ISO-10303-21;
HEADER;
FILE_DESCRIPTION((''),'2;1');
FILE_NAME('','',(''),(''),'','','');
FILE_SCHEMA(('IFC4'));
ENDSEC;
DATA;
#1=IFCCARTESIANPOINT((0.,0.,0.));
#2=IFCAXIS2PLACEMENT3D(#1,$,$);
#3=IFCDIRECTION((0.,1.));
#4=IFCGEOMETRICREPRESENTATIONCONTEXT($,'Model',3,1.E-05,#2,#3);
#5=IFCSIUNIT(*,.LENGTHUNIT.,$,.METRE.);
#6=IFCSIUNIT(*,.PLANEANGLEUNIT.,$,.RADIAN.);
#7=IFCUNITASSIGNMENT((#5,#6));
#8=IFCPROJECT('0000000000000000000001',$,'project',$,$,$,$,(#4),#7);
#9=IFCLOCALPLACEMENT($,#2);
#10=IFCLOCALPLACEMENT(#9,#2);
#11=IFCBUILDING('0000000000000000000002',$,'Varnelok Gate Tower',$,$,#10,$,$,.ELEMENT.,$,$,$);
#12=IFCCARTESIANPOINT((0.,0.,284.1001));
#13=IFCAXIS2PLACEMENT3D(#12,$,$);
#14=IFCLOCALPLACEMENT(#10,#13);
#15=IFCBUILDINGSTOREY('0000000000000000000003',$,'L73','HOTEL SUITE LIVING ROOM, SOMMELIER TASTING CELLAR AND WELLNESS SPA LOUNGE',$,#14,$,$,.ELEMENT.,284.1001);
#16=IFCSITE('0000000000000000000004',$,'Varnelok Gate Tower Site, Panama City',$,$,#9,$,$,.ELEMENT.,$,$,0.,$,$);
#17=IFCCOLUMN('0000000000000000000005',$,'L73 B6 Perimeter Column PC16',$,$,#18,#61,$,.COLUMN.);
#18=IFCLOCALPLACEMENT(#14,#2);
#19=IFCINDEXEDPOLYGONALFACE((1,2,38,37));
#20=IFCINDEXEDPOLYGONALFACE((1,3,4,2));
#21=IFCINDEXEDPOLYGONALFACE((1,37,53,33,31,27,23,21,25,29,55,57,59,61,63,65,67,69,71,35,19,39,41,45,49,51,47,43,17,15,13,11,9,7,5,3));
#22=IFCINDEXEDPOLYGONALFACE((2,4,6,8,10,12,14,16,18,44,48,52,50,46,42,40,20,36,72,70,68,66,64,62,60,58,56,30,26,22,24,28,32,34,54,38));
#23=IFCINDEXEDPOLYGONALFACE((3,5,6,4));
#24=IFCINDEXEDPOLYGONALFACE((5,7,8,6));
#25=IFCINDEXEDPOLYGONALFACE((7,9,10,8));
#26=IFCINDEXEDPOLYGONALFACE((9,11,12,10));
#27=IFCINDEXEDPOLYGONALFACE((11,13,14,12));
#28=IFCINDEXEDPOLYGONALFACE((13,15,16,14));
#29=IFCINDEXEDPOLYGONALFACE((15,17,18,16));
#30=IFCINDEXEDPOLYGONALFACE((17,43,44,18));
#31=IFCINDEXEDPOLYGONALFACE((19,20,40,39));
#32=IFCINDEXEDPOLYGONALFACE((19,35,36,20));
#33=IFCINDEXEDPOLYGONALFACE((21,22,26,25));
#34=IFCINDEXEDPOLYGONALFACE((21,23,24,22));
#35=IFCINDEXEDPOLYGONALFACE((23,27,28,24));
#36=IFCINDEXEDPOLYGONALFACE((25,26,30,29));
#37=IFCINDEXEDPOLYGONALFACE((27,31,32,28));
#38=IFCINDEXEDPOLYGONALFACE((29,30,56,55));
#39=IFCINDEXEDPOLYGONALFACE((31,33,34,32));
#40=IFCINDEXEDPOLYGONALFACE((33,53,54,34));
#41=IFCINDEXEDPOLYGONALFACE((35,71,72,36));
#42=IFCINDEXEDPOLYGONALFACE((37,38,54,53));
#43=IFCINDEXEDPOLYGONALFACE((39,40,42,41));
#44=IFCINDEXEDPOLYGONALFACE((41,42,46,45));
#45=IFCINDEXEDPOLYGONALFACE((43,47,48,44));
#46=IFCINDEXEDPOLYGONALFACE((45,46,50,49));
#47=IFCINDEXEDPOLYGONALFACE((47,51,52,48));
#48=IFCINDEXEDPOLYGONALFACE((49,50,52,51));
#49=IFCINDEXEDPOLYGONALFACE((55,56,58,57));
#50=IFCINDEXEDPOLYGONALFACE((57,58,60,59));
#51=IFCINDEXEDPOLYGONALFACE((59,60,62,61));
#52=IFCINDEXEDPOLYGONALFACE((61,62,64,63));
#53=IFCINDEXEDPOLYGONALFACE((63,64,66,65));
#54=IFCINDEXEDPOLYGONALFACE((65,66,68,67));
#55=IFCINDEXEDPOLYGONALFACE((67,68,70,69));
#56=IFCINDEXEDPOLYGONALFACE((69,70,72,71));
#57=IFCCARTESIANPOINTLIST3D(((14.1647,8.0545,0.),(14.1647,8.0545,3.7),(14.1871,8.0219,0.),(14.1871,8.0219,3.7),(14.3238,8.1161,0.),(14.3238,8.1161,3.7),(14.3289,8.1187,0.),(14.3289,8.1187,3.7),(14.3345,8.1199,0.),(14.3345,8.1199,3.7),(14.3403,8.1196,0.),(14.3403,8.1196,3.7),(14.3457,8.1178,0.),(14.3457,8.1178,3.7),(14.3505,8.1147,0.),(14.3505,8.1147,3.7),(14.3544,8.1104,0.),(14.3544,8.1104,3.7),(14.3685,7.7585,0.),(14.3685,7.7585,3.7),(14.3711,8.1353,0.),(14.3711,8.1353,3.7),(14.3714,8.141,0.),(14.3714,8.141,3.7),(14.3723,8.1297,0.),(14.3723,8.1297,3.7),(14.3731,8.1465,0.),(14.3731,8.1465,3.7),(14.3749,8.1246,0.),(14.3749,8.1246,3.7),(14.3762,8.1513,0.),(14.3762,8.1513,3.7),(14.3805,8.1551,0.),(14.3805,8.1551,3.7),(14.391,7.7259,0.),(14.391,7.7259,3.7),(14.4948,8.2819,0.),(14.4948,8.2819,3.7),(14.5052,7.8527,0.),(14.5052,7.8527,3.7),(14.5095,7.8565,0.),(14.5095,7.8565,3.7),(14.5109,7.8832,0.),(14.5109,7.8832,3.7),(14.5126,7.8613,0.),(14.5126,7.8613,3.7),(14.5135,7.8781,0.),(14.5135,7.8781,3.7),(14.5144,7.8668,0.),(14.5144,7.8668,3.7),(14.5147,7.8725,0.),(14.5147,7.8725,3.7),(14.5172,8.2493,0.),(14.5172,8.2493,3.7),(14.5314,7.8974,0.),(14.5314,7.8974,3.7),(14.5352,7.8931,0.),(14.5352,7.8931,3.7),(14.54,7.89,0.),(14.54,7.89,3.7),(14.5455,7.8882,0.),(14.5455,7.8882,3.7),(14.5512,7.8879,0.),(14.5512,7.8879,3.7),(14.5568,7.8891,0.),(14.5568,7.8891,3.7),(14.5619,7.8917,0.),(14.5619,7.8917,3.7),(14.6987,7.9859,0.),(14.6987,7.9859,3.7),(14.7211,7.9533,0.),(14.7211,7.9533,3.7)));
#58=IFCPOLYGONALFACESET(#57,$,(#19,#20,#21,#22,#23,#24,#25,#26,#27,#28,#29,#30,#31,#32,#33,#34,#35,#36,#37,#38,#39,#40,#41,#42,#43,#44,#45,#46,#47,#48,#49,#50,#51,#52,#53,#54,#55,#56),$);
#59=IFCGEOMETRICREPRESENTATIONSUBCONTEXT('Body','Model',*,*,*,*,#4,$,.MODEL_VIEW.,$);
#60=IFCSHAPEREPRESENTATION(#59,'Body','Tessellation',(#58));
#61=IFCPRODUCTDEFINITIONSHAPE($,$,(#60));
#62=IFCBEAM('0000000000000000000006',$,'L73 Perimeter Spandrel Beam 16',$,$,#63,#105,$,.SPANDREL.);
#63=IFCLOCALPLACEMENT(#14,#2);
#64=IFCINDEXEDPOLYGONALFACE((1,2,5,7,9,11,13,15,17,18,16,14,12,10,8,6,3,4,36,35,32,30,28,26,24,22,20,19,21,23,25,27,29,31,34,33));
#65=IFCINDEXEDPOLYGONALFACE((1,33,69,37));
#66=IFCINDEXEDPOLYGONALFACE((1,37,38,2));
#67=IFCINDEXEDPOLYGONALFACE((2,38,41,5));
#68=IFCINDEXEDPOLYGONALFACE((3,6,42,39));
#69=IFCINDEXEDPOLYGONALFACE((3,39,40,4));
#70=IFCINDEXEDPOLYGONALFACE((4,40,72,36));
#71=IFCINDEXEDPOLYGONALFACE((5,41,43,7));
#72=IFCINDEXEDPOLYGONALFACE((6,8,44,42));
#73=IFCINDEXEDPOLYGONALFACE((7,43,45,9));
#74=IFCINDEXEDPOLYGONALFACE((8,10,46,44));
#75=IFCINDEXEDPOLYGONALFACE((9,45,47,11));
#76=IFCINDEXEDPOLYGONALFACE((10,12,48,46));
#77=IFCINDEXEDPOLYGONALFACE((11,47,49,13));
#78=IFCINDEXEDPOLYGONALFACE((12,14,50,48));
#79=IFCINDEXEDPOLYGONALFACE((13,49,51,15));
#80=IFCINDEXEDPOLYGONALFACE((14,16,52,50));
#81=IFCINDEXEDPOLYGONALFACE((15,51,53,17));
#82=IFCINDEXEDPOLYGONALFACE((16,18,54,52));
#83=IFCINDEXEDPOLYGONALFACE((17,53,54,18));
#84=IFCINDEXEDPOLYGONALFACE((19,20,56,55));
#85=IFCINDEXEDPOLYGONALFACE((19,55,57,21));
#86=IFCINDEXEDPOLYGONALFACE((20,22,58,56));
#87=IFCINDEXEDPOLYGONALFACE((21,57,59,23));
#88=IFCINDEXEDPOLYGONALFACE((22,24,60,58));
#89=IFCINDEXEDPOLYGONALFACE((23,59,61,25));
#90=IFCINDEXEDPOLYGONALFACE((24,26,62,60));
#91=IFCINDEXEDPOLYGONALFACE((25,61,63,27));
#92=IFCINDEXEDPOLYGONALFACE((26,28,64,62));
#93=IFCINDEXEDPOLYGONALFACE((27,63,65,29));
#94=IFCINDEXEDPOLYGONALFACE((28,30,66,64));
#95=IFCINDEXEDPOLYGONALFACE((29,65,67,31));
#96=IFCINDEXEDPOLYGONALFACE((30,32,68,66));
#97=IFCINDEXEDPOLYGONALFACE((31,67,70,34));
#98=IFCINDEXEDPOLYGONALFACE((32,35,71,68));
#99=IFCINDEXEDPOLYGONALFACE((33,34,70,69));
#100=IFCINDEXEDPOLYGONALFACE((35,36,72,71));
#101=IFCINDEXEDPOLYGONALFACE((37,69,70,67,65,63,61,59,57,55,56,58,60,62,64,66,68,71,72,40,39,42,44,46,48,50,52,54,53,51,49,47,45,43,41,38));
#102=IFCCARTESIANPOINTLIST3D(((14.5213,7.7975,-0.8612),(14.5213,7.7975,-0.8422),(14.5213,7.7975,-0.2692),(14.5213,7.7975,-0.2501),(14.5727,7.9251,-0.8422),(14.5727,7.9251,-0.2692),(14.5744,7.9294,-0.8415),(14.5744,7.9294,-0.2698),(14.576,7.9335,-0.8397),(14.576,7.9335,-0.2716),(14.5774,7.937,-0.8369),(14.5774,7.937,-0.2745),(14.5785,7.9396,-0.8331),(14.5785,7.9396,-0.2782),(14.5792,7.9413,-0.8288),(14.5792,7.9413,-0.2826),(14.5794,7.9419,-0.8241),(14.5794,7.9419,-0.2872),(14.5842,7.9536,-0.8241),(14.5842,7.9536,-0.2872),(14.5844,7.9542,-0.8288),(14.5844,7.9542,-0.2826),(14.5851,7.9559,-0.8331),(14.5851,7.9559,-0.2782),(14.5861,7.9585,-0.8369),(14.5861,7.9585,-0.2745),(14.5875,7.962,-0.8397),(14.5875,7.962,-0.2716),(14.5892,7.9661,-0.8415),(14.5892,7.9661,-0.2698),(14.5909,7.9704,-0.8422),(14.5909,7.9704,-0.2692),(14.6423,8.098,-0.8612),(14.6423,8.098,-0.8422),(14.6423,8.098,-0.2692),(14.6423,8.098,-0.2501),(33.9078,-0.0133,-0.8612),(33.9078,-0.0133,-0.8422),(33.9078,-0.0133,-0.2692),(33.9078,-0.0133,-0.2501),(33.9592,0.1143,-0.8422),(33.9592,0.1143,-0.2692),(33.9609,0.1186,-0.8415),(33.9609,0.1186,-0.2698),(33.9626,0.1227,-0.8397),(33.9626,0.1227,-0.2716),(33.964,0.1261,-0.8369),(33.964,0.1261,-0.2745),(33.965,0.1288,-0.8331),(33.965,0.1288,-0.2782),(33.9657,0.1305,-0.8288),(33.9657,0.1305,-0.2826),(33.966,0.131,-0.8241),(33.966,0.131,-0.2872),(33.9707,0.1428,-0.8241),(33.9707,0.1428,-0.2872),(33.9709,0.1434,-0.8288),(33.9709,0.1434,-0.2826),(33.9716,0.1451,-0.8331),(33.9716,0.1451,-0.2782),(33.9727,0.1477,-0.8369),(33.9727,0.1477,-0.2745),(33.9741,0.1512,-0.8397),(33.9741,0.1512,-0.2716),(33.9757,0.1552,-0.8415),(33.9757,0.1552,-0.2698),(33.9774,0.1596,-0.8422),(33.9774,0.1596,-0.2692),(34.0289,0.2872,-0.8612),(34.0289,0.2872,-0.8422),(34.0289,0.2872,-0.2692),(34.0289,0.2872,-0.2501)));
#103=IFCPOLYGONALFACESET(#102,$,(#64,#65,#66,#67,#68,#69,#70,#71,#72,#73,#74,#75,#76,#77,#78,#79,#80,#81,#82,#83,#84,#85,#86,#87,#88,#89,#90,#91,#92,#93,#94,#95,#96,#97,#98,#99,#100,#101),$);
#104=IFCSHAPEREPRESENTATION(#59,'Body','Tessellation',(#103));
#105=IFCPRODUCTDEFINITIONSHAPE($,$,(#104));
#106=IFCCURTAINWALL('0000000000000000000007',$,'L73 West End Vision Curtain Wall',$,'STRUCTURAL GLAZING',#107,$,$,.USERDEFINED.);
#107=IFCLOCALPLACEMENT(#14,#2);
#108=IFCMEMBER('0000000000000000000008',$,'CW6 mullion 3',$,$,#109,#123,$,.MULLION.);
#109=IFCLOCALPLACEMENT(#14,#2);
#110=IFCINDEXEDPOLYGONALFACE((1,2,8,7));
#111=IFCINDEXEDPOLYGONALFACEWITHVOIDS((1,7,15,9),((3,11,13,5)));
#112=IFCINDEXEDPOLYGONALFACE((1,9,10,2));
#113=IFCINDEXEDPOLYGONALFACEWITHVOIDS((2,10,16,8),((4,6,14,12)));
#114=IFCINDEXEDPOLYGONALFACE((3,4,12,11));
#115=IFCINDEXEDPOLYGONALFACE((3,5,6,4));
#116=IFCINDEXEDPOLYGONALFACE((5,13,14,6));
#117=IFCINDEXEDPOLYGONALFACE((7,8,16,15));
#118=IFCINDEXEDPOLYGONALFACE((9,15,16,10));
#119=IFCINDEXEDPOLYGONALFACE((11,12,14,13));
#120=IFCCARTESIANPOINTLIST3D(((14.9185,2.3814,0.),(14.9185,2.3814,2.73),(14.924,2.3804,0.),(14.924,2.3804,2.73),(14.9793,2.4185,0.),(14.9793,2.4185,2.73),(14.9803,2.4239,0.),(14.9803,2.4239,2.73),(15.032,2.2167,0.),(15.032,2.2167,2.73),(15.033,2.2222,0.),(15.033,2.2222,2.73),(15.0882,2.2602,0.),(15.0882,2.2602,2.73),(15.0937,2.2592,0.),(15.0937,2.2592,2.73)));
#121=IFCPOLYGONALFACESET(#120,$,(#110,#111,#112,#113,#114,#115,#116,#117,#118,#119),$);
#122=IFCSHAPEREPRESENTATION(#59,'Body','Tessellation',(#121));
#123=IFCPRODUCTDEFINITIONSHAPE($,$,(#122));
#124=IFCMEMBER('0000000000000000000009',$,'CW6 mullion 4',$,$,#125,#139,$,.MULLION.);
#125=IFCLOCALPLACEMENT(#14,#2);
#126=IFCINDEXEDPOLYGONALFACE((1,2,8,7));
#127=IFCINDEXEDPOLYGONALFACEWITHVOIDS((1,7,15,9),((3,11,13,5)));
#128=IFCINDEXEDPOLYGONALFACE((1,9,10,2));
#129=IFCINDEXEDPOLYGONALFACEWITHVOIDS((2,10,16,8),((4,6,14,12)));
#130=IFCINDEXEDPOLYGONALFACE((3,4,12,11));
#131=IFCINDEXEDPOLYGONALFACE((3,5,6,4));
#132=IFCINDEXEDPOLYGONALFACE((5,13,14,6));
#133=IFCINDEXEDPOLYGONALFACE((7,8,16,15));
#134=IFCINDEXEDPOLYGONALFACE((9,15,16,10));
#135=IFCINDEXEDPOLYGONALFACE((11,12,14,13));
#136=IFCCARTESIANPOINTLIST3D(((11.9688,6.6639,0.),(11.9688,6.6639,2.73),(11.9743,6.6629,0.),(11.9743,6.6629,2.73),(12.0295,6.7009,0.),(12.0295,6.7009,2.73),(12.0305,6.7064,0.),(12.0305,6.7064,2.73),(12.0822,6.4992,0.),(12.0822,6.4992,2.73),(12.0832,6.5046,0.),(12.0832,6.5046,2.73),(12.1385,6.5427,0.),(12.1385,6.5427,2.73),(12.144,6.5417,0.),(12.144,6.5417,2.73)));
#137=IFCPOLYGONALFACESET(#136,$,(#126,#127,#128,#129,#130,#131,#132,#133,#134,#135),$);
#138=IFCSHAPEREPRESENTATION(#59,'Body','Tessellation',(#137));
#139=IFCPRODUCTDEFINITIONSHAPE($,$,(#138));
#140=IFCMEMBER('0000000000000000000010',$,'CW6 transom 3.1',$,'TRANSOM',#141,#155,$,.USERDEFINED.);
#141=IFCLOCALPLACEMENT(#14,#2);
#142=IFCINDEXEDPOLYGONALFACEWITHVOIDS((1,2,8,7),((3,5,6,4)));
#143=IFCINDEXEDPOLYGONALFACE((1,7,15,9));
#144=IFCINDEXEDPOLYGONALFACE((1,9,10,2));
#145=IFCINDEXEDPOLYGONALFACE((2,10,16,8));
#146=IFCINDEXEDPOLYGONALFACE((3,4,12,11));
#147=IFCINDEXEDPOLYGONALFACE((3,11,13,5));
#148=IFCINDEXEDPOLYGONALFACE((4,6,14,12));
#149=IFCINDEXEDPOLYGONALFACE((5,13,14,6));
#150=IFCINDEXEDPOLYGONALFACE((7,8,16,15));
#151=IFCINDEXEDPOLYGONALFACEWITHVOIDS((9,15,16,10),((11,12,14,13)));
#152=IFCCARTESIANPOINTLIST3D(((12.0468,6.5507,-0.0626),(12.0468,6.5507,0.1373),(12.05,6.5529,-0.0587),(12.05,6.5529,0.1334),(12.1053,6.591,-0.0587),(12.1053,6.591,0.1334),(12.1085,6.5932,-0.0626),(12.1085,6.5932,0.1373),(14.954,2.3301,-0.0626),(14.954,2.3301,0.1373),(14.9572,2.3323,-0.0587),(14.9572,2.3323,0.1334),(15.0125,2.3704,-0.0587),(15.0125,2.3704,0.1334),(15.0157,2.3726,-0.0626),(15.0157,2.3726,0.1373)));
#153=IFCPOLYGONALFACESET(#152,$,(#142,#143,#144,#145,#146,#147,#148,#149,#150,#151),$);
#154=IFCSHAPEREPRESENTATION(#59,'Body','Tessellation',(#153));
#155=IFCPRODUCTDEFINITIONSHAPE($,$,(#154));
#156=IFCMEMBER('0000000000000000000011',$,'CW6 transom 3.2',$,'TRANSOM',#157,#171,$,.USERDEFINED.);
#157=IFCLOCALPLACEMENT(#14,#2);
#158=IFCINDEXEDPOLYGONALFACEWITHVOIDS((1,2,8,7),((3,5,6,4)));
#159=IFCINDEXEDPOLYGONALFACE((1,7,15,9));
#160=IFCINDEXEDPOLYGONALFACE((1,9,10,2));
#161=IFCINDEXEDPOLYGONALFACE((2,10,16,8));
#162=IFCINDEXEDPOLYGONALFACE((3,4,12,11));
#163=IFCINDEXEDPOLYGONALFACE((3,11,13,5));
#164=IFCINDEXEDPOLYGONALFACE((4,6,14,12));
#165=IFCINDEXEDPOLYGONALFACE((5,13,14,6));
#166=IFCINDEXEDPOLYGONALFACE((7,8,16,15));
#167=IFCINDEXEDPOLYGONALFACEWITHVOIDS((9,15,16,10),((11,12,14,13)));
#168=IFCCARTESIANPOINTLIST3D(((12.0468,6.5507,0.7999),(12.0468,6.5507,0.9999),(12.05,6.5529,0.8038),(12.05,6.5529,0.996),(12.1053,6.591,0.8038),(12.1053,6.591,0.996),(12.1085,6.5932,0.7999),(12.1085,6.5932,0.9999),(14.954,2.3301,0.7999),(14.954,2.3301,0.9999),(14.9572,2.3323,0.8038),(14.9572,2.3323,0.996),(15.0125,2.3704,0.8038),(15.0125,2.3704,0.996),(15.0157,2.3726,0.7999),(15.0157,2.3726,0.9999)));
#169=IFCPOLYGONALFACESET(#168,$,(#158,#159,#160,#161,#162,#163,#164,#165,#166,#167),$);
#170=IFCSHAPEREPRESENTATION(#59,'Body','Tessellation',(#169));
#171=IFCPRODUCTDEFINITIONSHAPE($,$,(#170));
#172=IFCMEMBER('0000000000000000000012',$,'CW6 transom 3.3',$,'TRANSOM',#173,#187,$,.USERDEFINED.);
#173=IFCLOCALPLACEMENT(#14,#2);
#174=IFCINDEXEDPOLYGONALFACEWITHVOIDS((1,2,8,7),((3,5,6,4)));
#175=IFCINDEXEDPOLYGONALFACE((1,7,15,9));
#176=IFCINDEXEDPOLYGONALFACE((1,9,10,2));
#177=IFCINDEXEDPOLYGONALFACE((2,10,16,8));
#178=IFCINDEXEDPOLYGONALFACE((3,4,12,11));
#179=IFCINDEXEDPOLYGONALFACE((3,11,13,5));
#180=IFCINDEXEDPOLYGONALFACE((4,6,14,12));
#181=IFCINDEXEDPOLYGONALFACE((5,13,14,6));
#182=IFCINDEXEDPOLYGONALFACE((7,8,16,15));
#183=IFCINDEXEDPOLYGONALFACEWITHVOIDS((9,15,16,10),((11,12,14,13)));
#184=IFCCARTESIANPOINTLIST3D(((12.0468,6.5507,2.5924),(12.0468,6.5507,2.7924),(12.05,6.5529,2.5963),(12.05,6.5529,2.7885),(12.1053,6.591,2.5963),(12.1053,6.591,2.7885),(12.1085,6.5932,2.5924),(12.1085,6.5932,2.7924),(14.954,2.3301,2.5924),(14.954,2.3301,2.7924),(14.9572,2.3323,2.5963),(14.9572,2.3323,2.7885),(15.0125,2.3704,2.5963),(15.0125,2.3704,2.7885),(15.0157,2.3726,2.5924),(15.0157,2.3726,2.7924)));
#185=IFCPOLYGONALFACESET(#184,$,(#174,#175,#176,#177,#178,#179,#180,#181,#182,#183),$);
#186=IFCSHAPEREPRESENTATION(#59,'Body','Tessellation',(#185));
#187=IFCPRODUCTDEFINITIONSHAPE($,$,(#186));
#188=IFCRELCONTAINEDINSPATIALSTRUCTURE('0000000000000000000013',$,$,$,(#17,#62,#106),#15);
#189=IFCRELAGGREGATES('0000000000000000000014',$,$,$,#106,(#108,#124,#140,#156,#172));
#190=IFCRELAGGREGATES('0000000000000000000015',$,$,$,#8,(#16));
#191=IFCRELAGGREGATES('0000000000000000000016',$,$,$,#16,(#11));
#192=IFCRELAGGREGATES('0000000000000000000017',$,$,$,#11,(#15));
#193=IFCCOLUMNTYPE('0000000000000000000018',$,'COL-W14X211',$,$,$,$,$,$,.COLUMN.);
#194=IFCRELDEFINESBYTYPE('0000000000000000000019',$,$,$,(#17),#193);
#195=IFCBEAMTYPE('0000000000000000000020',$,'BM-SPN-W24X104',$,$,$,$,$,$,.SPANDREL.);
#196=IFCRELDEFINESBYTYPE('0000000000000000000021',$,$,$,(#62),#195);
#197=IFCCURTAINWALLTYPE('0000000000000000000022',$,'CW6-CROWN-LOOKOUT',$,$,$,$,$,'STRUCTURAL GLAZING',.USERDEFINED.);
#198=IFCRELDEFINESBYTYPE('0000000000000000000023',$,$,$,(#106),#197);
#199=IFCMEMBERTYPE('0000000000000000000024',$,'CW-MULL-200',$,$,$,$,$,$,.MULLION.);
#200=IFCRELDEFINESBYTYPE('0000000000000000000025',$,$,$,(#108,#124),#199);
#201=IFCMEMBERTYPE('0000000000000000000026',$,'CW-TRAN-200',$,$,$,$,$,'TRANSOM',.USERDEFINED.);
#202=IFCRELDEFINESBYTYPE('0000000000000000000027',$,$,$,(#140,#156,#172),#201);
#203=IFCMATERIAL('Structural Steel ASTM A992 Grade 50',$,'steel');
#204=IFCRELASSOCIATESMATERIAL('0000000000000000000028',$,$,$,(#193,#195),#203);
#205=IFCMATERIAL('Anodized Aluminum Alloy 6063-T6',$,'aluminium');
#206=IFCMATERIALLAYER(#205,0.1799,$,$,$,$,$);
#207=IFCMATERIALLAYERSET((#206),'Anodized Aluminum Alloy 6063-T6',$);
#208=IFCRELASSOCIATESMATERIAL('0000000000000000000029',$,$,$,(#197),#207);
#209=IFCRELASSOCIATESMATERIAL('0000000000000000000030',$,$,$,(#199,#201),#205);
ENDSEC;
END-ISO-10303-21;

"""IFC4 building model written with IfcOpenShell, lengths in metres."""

from ifc_helpers import new_model, si_unit, direction, frame, origin, origin_2d, place, context, subcontext, project, spatial, hollow_rectangle, i_section, extrude, material, layer, layer_set, material_profile, profile_set, type_object, element, aggregate, save


model = new_model("IFC4")

# Units and contexts
model_context = context("Model", 3, precision=1e-05, world=origin(), true_north=direction((0.0, 1.0)))
body_context = subcontext(model_context, "Body", "Model", "MODEL_VIEW")
ifc_project = project(units=[si_unit("LENGTHUNIT", "METRE"), si_unit("PLANEANGLEUNIT", "RADIAN")], contexts=[model_context])

# Site, building, storey
site_placement = place(None, origin())
site = spatial("IfcSite", under=ifc_project, at=site_placement, Name="Varnelok Gate Tower Site, Panama City", CompositionType="ELEMENT", RefElevation=0.0)
building_placement = place(site_placement, origin())
building = spatial("IfcBuilding", under=site, at=building_placement, Name="Varnelok Gate Tower", CompositionType="ELEMENT")
storey_placement = place(building_placement, frame((0.0, 0.0, 284.1001)))
storey = spatial("IfcBuildingStorey", under=building, at=storey_placement, Name="L73", Description="HOTEL SUITE LIVING ROOM, SOMMELIER TASTING CELLAR AND WELLNESS SPA LOUNGE", CompositionType="ELEMENT", Elevation=284.1001)

# Column
ifc_material_1 = material(Name="Structural Steel ASTM A992 Grade 50", Category="steel")
ifc_material_profile_1 = material_profile(ifc_material_1, i_section(OverallWidth=0.4009, OverallDepth=0.3989, WebThickness=0.0249, FlangeThickness=0.0396, FilletRadius=0.022, at=origin_2d()), Name="W14X211")
ifc_profile_set_1 = profile_set([ifc_material_profile_1], Name="Structural Steel ASTM A992 Grade 50")
column_type = type_object("IfcColumnType", Name="COL-W14X211", PredefinedType="COLUMN", material=ifc_profile_set_1)
column_placement = place(storey_placement, frame((14.4429, 8.0039, 0.0), z_axis=(0.0, 0.0, 1.0), x_axis=(0.823533, 0.567269, 0.0)))
element("IfcColumn", 1, at=column_placement, inside=storey, type_object=column_type, Name="L73 B6 Perimeter Column PC16", PredefinedType="COLUMN", context=body_context, shape_type="SweptSolid", body=[
    extrude(i_section(OverallWidth=0.4009, OverallDepth=0.3989, WebThickness=0.0249, FlangeThickness=0.0396, FilletRadius=0.022, at=origin_2d()), origin(), (0.0, 0.0, 1.0), 3.7),
])

# Beam
ifc_material_profile_2 = material_profile(ifc_material_1, i_section(OverallWidth=0.324, OverallDepth=0.6111, WebThickness=0.0127, FlangeThickness=0.019, FilletRadius=0.0181, at=origin_2d()), Name="W24X104")
ifc_profile_set_2 = profile_set([ifc_material_profile_2], Name="Structural Steel ASTM A992 Grade 50")
beam_type = type_object("IfcBeamType", Name="BM-SPN-W24X104", PredefinedType="SPANDREL", material=ifc_profile_set_2)
beam_placement = place(storey_placement, frame((14.5818, 7.9478, -0.5557), z_axis=(0.927547, -0.373708, 0.0), x_axis=(0.373708, 0.927547, 0.0)))
element("IfcBeam", 2, at=beam_placement, inside=storey, type_object=beam_type, Name="L73 Perimeter Spandrel Beam 16", PredefinedType="SPANDREL", context=body_context, shape_type="SweptSolid", body=[
    extrude(i_section(OverallWidth=0.324, OverallDepth=0.6111, WebThickness=0.0127, FlangeThickness=0.019, FilletRadius=0.0181, at=origin_2d()), origin(), (0.0, 0.0, 1.0), 20.9009),
])

# Curtain wall, members
ifc_material_2 = material(Name="Anodized Aluminum Alloy 6063-T6", Category="aluminium")
ifc_layer_1 = layer(ifc_material_2, 0.1799)
ifc_layer_set_1 = layer_set([ifc_layer_1], Name="Anodized Aluminum Alloy 6063-T6")
curtain_wall_type = type_object("IfcCurtainWallType", Name="CW6-CROWN-LOOKOUT", ElementType="STRUCTURAL GLAZING", PredefinedType="USERDEFINED", material=ifc_layer_set_1)
curtain_wall_placement = place(storey_placement, origin())
curtain_wall = element("IfcCurtainWall", 3, at=curtain_wall_placement, inside=storey, type_object=curtain_wall_type, Name="L73 West End Vision Curtain Wall", ObjectType="STRUCTURAL GLAZING", PredefinedType="USERDEFINED")
ifc_material_profile_3 = material_profile(ifc_material_2, hollow_rectangle(XDim=0.075, YDim=0.2, WallThickness=0.0039, at=origin_2d()), Name="ALU200X75X4")
ifc_profile_set_3 = profile_set([ifc_material_profile_3], Name="Anodized Aluminum Alloy 6063-T6")
member_type_1 = type_object("IfcMemberType", Name="CW-MULL-200", PredefinedType="MULLION", material=ifc_profile_set_3)
member_1_placement = place(storey_placement, frame((15.0061, 2.3203, 0.0), z_axis=(0.0, 0.0, 1.0), x_axis=(-0.823532, -0.567269, 0.0)))
member_1 = element("IfcMember", 4, at=member_1_placement, type_object=member_type_1, Name="CW6 mullion 3", PredefinedType="MULLION", context=body_context, shape_type="SweptSolid", body=[
    extrude(hollow_rectangle(XDim=0.075, YDim=0.2, WallThickness=0.0039, at=origin_2d()), origin(), (0.0, 0.0, 1.0), 2.73),
])
member_2_placement = place(storey_placement, frame((12.0564, 6.6028, 0.0), z_axis=(0.0, 0.0, 1.0), x_axis=(-0.823532, -0.567269, 0.0)))
member_2 = element("IfcMember", 5, at=member_2_placement, type_object=member_type_1, Name="CW6 mullion 4", PredefinedType="MULLION", context=body_context, shape_type="SweptSolid", body=[
    extrude(hollow_rectangle(XDim=0.075, YDim=0.2, WallThickness=0.0039, at=origin_2d()), origin(), (0.0, 0.0, 1.0), 2.73),
])
ifc_material_profile_4 = material_profile(ifc_material_2, hollow_rectangle(XDim=0.075, YDim=0.2, WallThickness=0.0039, at=origin_2d()), Name="ALU200X75X4")
ifc_profile_set_4 = profile_set([ifc_material_profile_4], Name="Anodized Aluminum Alloy 6063-T6")
member_type_2 = type_object("IfcMemberType", Name="CW-TRAN-200", ElementType="TRANSOM", PredefinedType="USERDEFINED", material=ifc_profile_set_4)
member_3_placement = place(storey_placement, frame((14.9849, 2.3513, 0.0374), z_axis=(-0.567256, 0.823541, 0.0), x_axis=(-0.823541, -0.567256, 0.0)))
member_3 = element("IfcMember", 6, at=member_3_placement, type_object=member_type_2, Name="CW6 transom 3.1", ObjectType="TRANSOM", PredefinedType="USERDEFINED", context=body_context, shape_type="SweptSolid", body=[
    extrude(hollow_rectangle(XDim=0.075, YDim=0.2, WallThickness=0.0039, at=origin_2d()), origin(), (0.0, 0.0, 1.0), 5.125),
])
member_4_placement = place(storey_placement, frame((14.9849, 2.3513, 0.8999), z_axis=(-0.567256, 0.823541, 0.0), x_axis=(-0.823541, -0.567256, 0.0)))
member_4 = element("IfcMember", 7, at=member_4_placement, type_object=member_type_2, Name="CW6 transom 3.2", ObjectType="TRANSOM", PredefinedType="USERDEFINED", context=body_context, shape_type="SweptSolid", body=[
    extrude(hollow_rectangle(XDim=0.075, YDim=0.2, WallThickness=0.0039, at=origin_2d()), origin(), (0.0, 0.0, 1.0), 5.125),
])
member_5_placement = place(storey_placement, frame((14.9849, 2.3513, 2.6924), z_axis=(-0.567256, 0.823541, 0.0), x_axis=(-0.823541, -0.567256, 0.0)))
member_5 = element("IfcMember", 8, at=member_5_placement, type_object=member_type_2, Name="CW6 transom 3.3", ObjectType="TRANSOM", PredefinedType="USERDEFINED", context=body_context, shape_type="SweptSolid", body=[
    extrude(hollow_rectangle(XDim=0.075, YDim=0.2, WallThickness=0.0039, at=origin_2d()), origin(), (0.0, 0.0, 1.0), 5.125),
])

aggregate(curtain_wall, [member_1, member_2, member_3, member_4, member_5])

save(model, "model.ifc")
